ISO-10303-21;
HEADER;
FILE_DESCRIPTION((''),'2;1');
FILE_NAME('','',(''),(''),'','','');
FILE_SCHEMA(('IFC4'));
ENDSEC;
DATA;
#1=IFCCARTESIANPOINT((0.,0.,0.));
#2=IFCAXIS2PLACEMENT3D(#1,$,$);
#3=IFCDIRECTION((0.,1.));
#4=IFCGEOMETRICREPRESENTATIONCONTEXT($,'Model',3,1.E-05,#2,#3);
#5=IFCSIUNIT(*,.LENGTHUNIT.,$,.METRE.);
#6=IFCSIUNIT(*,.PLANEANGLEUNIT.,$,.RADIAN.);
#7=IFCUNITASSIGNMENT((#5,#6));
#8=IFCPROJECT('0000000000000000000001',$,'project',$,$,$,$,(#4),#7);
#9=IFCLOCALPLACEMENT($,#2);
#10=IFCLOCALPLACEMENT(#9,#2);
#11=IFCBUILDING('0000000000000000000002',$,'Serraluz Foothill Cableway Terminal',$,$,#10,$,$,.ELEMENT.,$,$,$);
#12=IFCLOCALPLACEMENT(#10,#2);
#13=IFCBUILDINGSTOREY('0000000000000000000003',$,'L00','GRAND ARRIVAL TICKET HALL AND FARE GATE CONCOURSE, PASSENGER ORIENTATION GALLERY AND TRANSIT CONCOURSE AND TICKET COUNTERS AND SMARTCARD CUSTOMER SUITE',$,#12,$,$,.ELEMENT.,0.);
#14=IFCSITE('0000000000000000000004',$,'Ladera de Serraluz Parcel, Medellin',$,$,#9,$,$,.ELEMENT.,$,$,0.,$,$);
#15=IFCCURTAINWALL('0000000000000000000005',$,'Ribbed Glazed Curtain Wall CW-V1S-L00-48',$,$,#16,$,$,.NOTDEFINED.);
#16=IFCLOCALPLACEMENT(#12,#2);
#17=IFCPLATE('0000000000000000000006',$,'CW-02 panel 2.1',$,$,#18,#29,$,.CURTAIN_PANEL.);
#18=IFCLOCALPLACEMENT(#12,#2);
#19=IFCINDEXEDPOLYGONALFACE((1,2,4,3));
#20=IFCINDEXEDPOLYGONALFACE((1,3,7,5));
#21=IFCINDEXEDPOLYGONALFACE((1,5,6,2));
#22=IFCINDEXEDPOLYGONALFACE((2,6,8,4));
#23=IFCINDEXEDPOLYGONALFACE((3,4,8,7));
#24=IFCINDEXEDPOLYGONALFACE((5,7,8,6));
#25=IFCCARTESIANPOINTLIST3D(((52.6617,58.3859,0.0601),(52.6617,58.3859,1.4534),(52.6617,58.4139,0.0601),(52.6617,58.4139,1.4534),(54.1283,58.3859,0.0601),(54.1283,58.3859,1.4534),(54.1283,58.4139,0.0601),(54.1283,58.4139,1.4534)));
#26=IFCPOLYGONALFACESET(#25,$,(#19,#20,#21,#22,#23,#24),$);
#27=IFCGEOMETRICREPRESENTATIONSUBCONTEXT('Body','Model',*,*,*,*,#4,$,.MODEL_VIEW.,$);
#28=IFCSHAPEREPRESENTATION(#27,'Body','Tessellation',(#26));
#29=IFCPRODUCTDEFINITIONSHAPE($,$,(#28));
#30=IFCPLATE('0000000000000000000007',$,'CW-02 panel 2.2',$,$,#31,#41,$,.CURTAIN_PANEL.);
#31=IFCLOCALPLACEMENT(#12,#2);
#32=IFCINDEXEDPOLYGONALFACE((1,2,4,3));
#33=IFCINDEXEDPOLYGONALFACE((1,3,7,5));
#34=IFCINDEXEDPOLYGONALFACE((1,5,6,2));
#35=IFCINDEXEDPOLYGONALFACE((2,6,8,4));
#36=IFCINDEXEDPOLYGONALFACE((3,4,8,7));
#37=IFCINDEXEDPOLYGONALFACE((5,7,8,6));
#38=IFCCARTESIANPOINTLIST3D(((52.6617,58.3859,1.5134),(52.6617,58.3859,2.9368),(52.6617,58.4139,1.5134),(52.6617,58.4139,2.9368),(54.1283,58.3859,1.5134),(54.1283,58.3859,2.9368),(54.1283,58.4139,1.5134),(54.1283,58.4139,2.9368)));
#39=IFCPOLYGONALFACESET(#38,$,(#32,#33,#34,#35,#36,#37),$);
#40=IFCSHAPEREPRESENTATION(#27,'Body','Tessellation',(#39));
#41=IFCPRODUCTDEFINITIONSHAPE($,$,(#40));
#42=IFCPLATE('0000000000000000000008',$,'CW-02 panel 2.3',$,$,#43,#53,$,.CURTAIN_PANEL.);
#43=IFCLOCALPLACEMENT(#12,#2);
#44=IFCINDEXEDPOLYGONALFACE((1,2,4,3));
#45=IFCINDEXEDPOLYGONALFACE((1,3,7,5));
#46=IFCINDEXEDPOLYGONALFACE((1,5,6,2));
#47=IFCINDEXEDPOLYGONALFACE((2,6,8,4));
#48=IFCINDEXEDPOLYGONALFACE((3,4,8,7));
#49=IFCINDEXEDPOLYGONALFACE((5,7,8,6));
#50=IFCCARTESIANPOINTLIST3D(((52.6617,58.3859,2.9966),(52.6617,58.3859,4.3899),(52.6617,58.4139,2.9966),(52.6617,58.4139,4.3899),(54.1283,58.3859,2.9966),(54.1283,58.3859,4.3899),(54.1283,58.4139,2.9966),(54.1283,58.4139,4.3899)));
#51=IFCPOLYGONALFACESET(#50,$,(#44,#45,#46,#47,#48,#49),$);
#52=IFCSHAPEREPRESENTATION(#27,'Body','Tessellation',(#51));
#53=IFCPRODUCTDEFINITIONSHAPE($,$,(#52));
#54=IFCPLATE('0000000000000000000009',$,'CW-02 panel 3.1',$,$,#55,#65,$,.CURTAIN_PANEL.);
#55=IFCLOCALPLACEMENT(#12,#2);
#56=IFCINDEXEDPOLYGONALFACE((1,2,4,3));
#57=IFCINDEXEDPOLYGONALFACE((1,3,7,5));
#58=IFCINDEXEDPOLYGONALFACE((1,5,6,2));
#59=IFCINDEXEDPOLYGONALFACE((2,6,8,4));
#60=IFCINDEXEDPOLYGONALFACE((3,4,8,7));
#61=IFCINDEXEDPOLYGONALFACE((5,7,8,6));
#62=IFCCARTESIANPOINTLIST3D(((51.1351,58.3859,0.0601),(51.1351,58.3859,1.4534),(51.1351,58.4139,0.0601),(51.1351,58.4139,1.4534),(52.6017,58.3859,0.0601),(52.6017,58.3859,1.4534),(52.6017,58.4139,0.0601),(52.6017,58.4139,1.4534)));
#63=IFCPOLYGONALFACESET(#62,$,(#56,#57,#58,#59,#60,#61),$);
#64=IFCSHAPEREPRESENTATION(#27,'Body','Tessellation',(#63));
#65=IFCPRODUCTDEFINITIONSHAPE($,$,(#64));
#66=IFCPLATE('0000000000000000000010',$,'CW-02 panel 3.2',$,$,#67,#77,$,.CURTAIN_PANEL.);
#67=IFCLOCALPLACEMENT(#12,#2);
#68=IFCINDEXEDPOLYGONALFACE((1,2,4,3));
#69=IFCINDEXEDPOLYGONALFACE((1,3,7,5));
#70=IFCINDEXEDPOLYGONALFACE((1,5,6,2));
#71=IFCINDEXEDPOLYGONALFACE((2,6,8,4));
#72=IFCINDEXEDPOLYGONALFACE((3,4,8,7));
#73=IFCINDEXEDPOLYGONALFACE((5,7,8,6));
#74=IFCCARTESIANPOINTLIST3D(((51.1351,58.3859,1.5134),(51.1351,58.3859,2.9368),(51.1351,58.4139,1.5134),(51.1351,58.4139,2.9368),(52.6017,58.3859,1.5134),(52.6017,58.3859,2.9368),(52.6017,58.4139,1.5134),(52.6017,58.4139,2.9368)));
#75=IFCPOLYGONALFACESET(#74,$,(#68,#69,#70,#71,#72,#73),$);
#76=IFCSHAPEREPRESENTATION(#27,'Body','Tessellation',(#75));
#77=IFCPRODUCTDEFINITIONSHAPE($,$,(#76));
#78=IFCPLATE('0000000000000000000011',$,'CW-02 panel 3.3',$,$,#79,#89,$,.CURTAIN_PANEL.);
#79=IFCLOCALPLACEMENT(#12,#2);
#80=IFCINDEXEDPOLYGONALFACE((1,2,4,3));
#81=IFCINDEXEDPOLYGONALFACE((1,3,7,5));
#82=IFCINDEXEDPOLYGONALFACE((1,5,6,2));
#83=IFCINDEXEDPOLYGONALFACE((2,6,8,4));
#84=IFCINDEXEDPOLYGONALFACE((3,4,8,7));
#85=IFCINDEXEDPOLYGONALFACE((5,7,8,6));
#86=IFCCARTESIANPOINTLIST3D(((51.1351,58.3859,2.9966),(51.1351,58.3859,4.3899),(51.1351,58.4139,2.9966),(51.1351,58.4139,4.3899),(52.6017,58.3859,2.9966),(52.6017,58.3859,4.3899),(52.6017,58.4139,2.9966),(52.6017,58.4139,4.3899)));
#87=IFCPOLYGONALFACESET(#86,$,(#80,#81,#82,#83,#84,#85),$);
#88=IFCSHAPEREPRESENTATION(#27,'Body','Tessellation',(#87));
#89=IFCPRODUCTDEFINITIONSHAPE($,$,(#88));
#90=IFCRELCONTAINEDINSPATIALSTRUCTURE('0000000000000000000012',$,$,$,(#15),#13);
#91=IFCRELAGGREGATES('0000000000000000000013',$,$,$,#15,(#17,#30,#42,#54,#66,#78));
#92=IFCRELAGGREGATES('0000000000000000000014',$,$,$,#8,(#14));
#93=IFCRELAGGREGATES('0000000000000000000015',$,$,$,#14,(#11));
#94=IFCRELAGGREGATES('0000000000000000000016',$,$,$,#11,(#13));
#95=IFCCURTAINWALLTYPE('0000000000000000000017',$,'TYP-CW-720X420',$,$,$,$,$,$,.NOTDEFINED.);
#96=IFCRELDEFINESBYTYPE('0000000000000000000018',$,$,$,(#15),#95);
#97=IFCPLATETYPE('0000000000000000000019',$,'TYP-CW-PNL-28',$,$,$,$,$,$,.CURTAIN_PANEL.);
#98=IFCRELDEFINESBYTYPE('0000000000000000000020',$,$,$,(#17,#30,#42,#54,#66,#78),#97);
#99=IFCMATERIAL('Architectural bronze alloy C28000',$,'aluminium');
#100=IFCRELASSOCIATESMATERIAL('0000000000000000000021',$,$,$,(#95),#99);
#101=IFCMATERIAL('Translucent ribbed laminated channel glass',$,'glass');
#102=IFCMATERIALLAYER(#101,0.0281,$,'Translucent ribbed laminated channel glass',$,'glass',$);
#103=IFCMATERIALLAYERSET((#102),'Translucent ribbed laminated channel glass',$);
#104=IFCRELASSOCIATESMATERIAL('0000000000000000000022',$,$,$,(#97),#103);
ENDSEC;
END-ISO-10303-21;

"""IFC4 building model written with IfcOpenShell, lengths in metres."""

from ifc_helpers import new_model, si_unit, direction, frame, origin, origin_2d, place, context, subcontext, project, spatial, rectangle, extrude, material, layer, layer_set, type_object, element, aggregate, save


model = new_model("IFC4")

# Units and contexts
model_context = context("Model", 3, precision=1e-05, world=origin(), true_north=direction((0.0, 1.0)))
body_context = subcontext(model_context, "Body", "Model", "MODEL_VIEW")
ifc_project = project(units=[si_unit("LENGTHUNIT", "METRE"), si_unit("PLANEANGLEUNIT", "RADIAN")], contexts=[model_context])

# Site, building, storey
site_placement = place(None, origin())
site = spatial("IfcSite", under=ifc_project, at=site_placement, Name="Ladera de Serraluz Parcel, Medellin", CompositionType="ELEMENT", RefElevation=0.0)
building_placement = place(site_placement, origin())
building = spatial("IfcBuilding", under=site, at=building_placement, Name="Serraluz Foothill Cableway Terminal", CompositionType="ELEMENT")
storey_placement = place(building_placement, origin())
storey = spatial("IfcBuildingStorey", under=building, at=storey_placement, Name="L00", Description="GRAND ARRIVAL TICKET HALL AND FARE GATE CONCOURSE, PASSENGER ORIENTATION GALLERY AND TRANSIT CONCOURSE AND TICKET COUNTERS AND SMARTCARD CUSTOMER SUITE", CompositionType="ELEMENT", Elevation=0.0)

# Curtain wall, plates
ifc_material_1 = material(Name="Architectural bronze alloy C28000", Category="aluminium")
curtain_wall_type = type_object("IfcCurtainWallType", Name="TYP-CW-720X420", PredefinedType="NOTDEFINED", material=ifc_material_1)
curtain_wall_placement = place(storey_placement, origin())
curtain_wall = element("IfcCurtainWall", 1, at=curtain_wall_placement, inside=storey, type_object=curtain_wall_type, Name="Ribbed Glazed Curtain Wall CW-V1S-L00-48", PredefinedType="NOTDEFINED")
ifc_material_2 = material(Name="Translucent ribbed laminated channel glass", Category="glass")
ifc_layer = layer(ifc_material_2, 0.0281, Name="Translucent ribbed laminated channel glass", Category="glass")
ifc_layer_set = layer_set([ifc_layer], Name="Translucent ribbed laminated channel glass")
plate_type = type_object("IfcPlateType", Name="TYP-CW-PNL-28", PredefinedType="CURTAIN_PANEL", material=ifc_layer_set)
plate_1_placement = place(storey_placement, frame((53.395, 58.3999, 0.0601), z_axis=(0.0, 0.0, 1.0), x_axis=(-1.0, 0.0, 0.0)))
plate_1 = element("IfcPlate", 2, at=plate_1_placement, type_object=plate_type, Name="CW-02 panel 2.1", PredefinedType="CURTAIN_PANEL", context=body_context, shape_type="SweptSolid", body=[
    extrude(rectangle(XDim=1.4666, YDim=0.0281, at=origin_2d()), origin(), (0.0, 0.0, 1.0), 1.3933),
])
plate_2_placement = place(storey_placement, frame((53.395, 58.3999, 1.5134), z_axis=(0.0, 0.0, 1.0), x_axis=(-1.0, 0.0, 0.0)))
plate_2 = element("IfcPlate", 3, at=plate_2_placement, type_object=plate_type, Name="CW-02 panel 2.2", PredefinedType="CURTAIN_PANEL", context=body_context, shape_type="SweptSolid", body=[
    extrude(rectangle(XDim=1.4666, YDim=0.0281, at=origin_2d()), origin(), (0.0, 0.0, 1.0), 1.4233),
])
plate_3_placement = place(storey_placement, frame((53.395, 58.3999, 2.9966), z_axis=(0.0, 0.0, 1.0), x_axis=(-1.0, 0.0, 0.0)))
plate_3 = element("IfcPlate", 4, at=plate_3_placement, type_object=plate_type, Name="CW-02 panel 2.3", PredefinedType="CURTAIN_PANEL", context=body_context, shape_type="SweptSolid", body=[
    extrude(rectangle(XDim=1.4666, YDim=0.0281, at=origin_2d()), origin(), (0.0, 0.0, 1.0), 1.3933),
])
plate_4_placement = place(storey_placement, frame((51.8684, 58.3999, 0.0601), z_axis=(0.0, 0.0, 1.0), x_axis=(-1.0, 0.0, 0.0)))
plate_4 = element("IfcPlate", 5, at=plate_4_placement, type_object=plate_type, Name="CW-02 panel 3.1", PredefinedType="CURTAIN_PANEL", context=body_context, shape_type="SweptSolid", body=[
    extrude(rectangle(XDim=1.4666, YDim=0.0281, at=origin_2d()), origin(), (0.0, 0.0, 1.0), 1.3933),
])
plate_5_placement = place(storey_placement, frame((51.8684, 58.3999, 1.5134), z_axis=(0.0, 0.0, 1.0), x_axis=(-1.0, 0.0, 0.0)))
plate_5 = element("IfcPlate", 6, at=plate_5_placement, type_object=plate_type, Name="CW-02 panel 3.2", PredefinedType="CURTAIN_PANEL", context=body_context, shape_type="SweptSolid", body=[
    extrude(rectangle(XDim=1.4666, YDim=0.0281, at=origin_2d()), origin(), (0.0, 0.0, 1.0), 1.4233),
])
plate_6_placement = place(storey_placement, frame((51.8684, 58.3999, 2.9966), z_axis=(0.0, 0.0, 1.0), x_axis=(-1.0, 0.0, 0.0)))
plate_6 = element("IfcPlate", 7, at=plate_6_placement, type_object=plate_type, Name="CW-02 panel 3.3", PredefinedType="CURTAIN_PANEL", context=body_context, shape_type="SweptSolid", body=[
    extrude(rectangle(XDim=1.4666, YDim=0.0281, at=origin_2d()), origin(), (0.0, 0.0, 1.0), 1.3933),
])
aggregate(curtain_wall, [plate_1, plate_2, plate_3, plate_4, plate_5, plate_6])

save(model, "model.ifc")
